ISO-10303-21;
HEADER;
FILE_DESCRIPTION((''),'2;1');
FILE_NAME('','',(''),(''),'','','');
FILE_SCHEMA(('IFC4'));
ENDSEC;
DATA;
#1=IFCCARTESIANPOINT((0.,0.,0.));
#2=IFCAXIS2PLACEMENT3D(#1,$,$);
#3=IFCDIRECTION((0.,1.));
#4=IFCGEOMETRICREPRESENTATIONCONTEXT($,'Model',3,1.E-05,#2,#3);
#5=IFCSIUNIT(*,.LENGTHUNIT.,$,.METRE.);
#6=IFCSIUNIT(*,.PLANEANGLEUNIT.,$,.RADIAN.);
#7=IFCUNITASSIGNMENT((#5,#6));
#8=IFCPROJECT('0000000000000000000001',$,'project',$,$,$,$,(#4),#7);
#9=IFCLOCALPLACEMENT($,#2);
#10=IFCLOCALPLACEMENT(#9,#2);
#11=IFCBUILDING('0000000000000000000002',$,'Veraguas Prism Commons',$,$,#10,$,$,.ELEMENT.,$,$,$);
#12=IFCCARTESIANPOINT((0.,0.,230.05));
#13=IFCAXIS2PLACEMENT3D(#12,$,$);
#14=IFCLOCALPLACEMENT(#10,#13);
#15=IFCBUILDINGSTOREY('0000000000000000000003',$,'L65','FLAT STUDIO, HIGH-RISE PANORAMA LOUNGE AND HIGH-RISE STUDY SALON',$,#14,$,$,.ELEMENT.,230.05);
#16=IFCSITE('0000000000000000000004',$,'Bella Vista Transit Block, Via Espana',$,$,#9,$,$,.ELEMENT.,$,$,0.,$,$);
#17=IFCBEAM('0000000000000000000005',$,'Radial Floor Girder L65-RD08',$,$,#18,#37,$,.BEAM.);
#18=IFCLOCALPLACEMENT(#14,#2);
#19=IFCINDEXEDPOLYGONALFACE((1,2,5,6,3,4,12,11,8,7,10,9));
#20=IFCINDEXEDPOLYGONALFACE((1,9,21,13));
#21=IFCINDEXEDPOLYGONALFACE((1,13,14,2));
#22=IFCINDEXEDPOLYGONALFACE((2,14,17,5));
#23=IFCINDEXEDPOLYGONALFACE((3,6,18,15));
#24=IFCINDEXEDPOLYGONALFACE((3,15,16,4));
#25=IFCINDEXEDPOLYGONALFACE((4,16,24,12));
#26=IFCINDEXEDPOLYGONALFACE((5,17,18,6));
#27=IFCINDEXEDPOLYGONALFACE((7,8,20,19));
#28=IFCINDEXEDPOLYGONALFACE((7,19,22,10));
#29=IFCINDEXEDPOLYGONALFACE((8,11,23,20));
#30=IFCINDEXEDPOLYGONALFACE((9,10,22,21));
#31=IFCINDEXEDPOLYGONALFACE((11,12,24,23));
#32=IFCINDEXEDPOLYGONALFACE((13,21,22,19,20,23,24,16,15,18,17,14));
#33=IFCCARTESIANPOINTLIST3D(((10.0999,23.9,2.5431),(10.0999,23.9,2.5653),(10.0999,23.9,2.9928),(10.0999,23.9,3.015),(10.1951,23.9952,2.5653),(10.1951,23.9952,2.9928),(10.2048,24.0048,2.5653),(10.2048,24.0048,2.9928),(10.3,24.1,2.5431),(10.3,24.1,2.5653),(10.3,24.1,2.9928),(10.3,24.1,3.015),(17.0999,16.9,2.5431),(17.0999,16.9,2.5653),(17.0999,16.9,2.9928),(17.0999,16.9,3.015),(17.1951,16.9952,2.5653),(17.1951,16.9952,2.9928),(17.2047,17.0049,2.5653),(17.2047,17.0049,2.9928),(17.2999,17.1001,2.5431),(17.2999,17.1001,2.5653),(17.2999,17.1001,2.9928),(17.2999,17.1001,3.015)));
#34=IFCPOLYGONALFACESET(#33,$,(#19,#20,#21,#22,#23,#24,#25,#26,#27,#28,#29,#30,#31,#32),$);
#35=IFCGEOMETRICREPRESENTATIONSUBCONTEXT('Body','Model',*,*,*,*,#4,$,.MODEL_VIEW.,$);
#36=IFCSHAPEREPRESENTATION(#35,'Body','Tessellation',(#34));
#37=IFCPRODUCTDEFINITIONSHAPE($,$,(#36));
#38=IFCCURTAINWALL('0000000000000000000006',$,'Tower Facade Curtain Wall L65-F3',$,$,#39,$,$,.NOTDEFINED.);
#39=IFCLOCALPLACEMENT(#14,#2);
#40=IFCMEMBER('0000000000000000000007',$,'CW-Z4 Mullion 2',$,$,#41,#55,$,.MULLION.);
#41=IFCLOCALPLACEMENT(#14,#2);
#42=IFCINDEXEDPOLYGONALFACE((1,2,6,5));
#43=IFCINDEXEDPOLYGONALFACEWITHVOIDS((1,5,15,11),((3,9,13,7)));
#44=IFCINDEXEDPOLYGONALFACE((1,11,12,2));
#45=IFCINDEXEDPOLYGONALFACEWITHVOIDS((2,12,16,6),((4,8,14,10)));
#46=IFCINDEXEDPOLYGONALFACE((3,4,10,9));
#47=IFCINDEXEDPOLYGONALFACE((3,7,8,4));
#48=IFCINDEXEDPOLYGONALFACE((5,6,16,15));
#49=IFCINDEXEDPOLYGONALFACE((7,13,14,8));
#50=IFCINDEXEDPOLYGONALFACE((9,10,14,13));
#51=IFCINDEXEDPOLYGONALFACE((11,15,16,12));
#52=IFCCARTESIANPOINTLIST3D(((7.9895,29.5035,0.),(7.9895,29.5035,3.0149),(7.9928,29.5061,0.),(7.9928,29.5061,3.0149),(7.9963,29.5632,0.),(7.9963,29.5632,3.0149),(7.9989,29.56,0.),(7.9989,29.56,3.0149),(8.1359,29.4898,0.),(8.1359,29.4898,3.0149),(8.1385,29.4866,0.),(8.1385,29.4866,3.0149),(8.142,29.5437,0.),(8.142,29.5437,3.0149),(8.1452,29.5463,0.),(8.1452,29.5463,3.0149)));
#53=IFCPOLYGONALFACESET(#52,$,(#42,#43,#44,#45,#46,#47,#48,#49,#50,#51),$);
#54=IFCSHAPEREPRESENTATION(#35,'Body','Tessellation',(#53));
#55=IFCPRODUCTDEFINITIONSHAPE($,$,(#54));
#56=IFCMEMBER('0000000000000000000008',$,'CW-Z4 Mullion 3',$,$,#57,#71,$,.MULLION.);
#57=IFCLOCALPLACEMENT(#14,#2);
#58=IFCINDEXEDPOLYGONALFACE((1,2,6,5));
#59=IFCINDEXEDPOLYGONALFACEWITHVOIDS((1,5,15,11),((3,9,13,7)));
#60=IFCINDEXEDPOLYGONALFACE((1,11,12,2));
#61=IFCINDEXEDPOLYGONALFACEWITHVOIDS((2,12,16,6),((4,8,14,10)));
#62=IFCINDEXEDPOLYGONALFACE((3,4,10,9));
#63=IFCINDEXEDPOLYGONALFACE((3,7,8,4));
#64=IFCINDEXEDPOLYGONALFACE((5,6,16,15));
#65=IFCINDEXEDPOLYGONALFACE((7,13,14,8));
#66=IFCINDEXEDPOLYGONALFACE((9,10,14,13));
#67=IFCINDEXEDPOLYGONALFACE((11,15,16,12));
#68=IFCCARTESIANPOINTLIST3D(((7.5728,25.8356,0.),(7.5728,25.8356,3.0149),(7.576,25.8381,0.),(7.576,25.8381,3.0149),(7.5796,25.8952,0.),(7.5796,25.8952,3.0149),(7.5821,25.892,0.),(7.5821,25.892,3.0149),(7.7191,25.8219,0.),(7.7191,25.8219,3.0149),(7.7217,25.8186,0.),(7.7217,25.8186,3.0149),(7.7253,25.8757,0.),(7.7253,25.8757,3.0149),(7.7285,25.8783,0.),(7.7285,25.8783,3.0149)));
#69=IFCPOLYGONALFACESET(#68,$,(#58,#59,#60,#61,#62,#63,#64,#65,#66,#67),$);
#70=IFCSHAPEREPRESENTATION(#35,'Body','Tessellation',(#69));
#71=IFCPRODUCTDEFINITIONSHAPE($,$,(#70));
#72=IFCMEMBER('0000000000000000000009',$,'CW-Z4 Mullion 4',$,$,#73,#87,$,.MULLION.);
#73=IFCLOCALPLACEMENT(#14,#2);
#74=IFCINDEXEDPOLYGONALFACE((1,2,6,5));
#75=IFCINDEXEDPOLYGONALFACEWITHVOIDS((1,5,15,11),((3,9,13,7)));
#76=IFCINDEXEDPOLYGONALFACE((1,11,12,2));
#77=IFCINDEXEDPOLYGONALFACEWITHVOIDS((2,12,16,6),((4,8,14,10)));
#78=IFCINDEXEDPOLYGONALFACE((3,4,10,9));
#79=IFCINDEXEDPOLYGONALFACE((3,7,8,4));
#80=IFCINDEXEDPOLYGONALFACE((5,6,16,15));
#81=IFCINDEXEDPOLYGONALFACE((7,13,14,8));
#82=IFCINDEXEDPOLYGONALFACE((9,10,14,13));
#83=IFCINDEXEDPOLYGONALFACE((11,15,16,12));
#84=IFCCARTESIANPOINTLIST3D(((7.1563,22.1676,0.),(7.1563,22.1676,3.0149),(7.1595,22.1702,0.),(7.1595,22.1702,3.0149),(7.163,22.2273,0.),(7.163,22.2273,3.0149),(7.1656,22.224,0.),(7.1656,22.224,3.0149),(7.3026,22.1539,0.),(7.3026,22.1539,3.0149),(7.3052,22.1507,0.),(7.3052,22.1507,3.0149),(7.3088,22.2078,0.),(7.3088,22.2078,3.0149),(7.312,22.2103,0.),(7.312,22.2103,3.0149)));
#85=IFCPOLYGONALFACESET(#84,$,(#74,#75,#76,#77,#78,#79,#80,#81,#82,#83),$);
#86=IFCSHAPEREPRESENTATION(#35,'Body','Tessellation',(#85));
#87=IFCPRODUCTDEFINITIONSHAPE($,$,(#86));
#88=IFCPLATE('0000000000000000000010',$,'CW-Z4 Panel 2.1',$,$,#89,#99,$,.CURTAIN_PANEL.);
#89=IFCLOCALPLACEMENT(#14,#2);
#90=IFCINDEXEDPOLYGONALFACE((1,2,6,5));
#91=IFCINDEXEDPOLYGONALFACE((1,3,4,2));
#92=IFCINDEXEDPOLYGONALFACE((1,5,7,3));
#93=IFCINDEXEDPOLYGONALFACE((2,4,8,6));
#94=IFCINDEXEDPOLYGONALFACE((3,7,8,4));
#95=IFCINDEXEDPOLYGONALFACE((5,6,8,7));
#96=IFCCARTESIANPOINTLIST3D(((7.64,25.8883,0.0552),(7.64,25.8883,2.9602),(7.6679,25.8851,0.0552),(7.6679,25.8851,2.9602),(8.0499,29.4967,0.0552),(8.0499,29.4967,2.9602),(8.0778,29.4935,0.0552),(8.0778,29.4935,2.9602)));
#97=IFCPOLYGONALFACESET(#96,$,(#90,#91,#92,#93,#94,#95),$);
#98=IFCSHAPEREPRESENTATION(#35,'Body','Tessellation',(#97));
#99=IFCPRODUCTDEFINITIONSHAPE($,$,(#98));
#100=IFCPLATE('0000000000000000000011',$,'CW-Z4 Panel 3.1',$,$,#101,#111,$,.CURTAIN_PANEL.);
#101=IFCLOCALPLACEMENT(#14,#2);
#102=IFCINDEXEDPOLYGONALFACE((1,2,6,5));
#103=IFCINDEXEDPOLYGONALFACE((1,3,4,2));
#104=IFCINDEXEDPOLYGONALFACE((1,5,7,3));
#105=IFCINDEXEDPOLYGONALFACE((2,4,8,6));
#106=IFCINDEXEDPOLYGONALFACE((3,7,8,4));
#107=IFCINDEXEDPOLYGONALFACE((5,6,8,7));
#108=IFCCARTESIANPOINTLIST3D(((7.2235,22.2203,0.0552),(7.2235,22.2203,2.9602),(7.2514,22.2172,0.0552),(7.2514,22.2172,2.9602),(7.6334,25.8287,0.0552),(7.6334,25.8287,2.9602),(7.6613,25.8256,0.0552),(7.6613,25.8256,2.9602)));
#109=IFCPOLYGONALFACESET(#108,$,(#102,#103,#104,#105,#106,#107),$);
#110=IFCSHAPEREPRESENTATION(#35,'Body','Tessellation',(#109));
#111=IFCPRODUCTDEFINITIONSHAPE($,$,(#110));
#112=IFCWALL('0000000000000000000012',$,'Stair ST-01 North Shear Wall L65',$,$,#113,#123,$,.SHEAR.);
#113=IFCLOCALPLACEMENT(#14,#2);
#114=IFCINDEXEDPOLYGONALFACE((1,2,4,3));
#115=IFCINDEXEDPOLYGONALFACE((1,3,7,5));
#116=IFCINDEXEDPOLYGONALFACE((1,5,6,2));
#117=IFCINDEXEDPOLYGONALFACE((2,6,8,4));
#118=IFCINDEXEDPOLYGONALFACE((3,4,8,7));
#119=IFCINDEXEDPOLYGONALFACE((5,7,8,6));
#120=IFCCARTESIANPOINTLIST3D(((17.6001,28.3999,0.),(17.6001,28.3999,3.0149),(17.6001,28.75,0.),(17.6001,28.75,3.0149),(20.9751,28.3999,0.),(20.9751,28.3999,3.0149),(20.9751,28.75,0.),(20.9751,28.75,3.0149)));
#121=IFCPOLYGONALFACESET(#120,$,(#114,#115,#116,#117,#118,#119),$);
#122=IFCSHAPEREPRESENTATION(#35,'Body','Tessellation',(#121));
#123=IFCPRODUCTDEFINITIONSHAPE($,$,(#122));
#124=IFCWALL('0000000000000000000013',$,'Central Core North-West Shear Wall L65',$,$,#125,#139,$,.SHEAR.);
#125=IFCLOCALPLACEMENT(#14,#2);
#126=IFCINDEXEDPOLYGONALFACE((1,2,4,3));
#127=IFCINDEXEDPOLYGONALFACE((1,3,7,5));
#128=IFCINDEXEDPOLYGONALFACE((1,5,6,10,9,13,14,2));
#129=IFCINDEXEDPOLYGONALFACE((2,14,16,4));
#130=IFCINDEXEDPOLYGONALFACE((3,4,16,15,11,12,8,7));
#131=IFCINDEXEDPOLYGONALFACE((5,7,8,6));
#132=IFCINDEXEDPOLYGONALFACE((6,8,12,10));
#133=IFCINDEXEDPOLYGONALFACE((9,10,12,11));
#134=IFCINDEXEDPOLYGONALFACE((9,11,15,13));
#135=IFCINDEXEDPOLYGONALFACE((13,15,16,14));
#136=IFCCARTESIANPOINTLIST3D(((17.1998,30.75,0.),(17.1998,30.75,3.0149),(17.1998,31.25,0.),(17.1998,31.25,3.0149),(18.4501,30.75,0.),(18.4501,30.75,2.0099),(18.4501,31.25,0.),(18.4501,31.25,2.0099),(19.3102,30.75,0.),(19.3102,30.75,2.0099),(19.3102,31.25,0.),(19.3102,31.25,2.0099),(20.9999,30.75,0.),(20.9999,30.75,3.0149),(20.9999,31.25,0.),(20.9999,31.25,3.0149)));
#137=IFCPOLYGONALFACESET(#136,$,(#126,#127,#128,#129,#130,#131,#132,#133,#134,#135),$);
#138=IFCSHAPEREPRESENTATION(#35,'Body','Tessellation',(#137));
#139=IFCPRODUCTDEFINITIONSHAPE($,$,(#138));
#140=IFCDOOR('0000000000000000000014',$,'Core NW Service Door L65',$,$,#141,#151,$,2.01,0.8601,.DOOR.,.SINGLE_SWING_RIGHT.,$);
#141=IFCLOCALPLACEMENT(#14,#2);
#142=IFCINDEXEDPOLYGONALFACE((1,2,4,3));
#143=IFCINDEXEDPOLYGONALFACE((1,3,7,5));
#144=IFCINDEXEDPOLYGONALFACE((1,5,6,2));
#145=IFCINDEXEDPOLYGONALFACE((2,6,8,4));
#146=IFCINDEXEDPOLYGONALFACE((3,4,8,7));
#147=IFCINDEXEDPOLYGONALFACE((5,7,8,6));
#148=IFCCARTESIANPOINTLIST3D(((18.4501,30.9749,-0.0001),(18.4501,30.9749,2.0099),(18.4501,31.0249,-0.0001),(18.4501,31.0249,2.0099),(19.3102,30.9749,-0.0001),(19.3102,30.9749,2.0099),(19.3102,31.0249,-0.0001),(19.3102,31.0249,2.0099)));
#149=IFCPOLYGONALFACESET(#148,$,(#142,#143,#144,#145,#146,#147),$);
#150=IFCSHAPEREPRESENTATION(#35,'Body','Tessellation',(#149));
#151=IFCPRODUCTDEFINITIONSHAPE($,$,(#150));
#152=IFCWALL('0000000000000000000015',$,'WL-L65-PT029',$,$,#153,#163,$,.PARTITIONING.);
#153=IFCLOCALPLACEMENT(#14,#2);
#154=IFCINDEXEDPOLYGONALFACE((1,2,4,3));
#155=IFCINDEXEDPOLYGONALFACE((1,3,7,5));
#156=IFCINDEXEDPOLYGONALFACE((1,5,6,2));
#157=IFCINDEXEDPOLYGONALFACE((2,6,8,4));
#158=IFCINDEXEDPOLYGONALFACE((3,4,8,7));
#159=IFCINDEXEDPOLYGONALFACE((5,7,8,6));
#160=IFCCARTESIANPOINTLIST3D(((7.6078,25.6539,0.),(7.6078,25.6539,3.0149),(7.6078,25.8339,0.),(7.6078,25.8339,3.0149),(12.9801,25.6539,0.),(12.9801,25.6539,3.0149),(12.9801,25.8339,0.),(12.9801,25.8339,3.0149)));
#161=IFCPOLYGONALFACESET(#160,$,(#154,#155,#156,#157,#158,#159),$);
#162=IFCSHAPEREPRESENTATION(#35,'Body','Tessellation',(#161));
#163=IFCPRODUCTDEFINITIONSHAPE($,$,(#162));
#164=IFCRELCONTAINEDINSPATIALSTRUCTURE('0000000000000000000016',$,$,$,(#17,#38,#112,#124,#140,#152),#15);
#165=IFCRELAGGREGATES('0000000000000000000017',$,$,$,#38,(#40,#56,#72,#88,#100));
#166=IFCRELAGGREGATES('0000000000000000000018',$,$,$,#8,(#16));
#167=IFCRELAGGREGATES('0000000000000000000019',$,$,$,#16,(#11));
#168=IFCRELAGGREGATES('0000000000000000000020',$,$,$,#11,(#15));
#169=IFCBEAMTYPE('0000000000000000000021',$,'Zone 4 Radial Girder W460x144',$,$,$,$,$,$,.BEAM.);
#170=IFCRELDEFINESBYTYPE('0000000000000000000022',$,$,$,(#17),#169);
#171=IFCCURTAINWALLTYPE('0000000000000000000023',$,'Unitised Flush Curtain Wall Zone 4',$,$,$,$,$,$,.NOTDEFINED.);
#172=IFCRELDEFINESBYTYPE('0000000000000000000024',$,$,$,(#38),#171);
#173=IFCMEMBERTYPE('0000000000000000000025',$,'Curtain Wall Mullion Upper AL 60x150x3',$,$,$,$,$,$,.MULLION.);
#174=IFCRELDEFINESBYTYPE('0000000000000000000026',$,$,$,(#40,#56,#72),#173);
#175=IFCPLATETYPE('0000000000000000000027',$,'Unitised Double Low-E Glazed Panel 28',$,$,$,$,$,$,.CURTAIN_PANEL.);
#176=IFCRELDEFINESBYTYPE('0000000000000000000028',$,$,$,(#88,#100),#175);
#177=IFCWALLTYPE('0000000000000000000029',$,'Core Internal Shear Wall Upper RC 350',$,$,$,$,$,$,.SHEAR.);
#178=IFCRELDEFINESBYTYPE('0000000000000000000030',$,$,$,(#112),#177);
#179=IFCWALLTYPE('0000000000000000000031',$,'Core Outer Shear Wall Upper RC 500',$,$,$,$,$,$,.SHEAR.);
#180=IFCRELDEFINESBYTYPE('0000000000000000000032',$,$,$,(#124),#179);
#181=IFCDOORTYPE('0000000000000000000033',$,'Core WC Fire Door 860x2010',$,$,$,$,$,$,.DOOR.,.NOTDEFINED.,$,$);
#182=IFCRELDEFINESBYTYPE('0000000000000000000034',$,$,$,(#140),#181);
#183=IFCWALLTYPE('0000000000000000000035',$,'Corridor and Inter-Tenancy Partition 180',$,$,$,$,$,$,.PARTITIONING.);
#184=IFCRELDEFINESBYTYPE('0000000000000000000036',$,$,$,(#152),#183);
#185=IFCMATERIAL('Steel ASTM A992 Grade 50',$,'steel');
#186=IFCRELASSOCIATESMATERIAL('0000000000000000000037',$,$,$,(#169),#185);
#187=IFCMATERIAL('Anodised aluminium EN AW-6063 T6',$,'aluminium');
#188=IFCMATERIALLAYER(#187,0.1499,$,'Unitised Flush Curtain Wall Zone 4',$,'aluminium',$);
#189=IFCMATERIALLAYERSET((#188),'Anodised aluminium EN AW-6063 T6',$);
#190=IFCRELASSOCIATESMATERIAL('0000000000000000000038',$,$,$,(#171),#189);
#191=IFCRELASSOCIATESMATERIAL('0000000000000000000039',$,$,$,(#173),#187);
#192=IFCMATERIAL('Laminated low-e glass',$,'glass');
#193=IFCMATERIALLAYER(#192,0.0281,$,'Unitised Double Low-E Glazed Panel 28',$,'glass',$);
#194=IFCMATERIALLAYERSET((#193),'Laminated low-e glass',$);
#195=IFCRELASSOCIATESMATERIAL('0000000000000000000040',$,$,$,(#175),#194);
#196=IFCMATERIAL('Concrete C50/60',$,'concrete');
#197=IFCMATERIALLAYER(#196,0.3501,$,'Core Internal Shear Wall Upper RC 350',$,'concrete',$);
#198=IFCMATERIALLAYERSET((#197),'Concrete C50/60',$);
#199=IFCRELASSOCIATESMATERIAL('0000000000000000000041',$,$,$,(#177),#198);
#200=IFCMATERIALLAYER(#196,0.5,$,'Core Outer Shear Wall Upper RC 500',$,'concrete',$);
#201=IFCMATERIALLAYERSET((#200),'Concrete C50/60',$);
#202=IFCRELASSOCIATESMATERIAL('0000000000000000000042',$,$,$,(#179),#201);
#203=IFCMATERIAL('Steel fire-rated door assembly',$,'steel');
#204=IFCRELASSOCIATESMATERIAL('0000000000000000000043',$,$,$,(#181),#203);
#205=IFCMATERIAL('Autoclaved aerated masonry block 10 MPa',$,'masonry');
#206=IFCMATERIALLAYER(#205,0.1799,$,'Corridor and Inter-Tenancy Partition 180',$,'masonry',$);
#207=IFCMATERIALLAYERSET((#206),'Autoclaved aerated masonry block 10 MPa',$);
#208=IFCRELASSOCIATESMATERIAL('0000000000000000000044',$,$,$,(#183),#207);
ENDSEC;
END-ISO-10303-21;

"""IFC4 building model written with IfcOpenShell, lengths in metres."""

from ifc_helpers import new_model, si_unit, direction, frame, frame_2d, origin, origin_2d, place, context, subcontext, project, spatial, rectangle, hollow_rectangle, i_section, extrude, source, transform, mapped, material, layer, layer_set, material_profile, profile_set, type_object, element, fill, aggregate, save


model = new_model("IFC4")

# Units and contexts
model_context = context("Model", 3, precision=1e-05, world=origin(), true_north=direction((0.0, 1.0)))
body_context = subcontext(model_context, "Body", "Model", "MODEL_VIEW")
ifc_project = project(units=[si_unit("LENGTHUNIT", "METRE"), si_unit("PLANEANGLEUNIT", "RADIAN")], contexts=[model_context])

# Site, building, storey
site_placement = place(None, origin())
site = spatial("IfcSite", under=ifc_project, at=site_placement, Name="Bella Vista Transit Block, Via Espana", CompositionType="ELEMENT", RefElevation=0.0)
building_placement = place(site_placement, origin())
building = spatial("IfcBuilding", under=site, at=building_placement, Name="Veraguas Prism Commons", CompositionType="ELEMENT")
storey_placement = place(building_placement, frame((0.0, 0.0, 230.05)))
storey = spatial("IfcBuildingStorey", under=building, at=storey_placement, Name="L65", Description="FLAT STUDIO, HIGH-RISE PANORAMA LOUNGE AND HIGH-RISE STUDY SALON", CompositionType="ELEMENT", Elevation=230.05)

# Shared definitions
ifc_material_1 = material(Name="Concrete C50/60", Category="concrete")

# Beam
ifc_material_2 = material(Name="Steel ASTM A992 Grade 50", Category="steel")
ifc_material_profile_1 = material_profile(ifc_material_2, i_section(OverallWidth=0.283, OverallDepth=0.4719, WebThickness=0.0137, FlangeThickness=0.0222, at=origin_2d()), Name="W460X144")
ifc_profile_set_1 = profile_set([ifc_material_profile_1], Name="Steel ASTM A992 Grade 50")
beam_type_1 = type_object("IfcBeamType", Name="Zone 4 Radial Girder W460x144", PredefinedType="BEAM", material=ifc_profile_set_1)
beam_1_placement = place(storey_placement, frame((10.2, 24.0, 2.7791), z_axis=(0.707107, -0.707107, 0.0), x_axis=(0.707107, 0.707107, 0.0)))
element("IfcBeam", 1, at=beam_1_placement, inside=storey, type_object=beam_type_1, Name="Radial Floor Girder L65-RD08", PredefinedType="BEAM", context=body_context, shape_type="SweptSolid", body=[
    extrude(i_section(OverallWidth=0.283, OverallDepth=0.4719, WebThickness=0.0137, FlangeThickness=0.0222, at=origin_2d()), origin(), (0.0, 0.0, 1.0), 9.8994),
])

# Curtain wall, members, plates
ifc_material_3 = material(Name="Anodised aluminium EN AW-6063 T6", Category="aluminium")
ifc_layer_1 = layer(ifc_material_3, 0.1499, Name="Unitised Flush Curtain Wall Zone 4", Category="aluminium")
ifc_layer_set_1 = layer_set([ifc_layer_1], Name="Anodised aluminium EN AW-6063 T6")
curtain_wall_type = type_object("IfcCurtainWallType", Name="Unitised Flush Curtain Wall Zone 4", PredefinedType="NOTDEFINED", material=ifc_layer_set_1)
curtain_wall_placement = place(storey_placement, origin())
curtain_wall = element("IfcCurtainWall", 2, at=curtain_wall_placement, inside=storey, type_object=curtain_wall_type, Name="Tower Facade Curtain Wall L65-F3", PredefinedType="NOTDEFINED")
ifc_material_profile_2 = material_profile(ifc_material_3, hollow_rectangle(XDim=0.0601, YDim=0.1499, WallThickness=0.0029, at=origin_2d()), Name="AL60X150X3")
ifc_profile_set_2 = profile_set([ifc_material_profile_2], Name="Anodised aluminium EN AW-6063 T6")
member_type = type_object("IfcMemberType", Name="Curtain Wall Mullion Upper AL 60x150x3", PredefinedType="MULLION", material=ifc_profile_set_2)
shared_shape_1 = source(origin(), body_context, "Body", "SweptSolid", [
    extrude(hollow_rectangle(XDim=0.0601, YDim=0.1499, WallThickness=0.0029, at=origin_2d()), origin(), (0.0, 0.0, 1.0), 3.0149),
])
member_1_placement = place(storey_placement, frame((8.0674, 29.5249, 0.0), z_axis=(0.0, 0.0, 1.0), x_axis=(-0.112858, -0.993611, 0.0)))
member_1 = element("IfcMember", 3, at=member_1_placement, type_object=member_type, Name="CW-Z4 Mullion 2", PredefinedType="MULLION", context=body_context, shape_type="MappedRepresentation", body=[
    mapped(shared_shape_1, transform((0.0, 0.0, 0.0), scale=1.0)),
])
member_2_placement = place(storey_placement, frame((7.6506, 25.8569, 0.0), z_axis=(0.0, 0.0, 1.0), x_axis=(-0.112858, -0.993611, 0.0)))
member_2 = element("IfcMember", 4, at=member_2_placement, type_object=member_type, Name="CW-Z4 Mullion 3", PredefinedType="MULLION", context=body_context, shape_type="MappedRepresentation", body=[
    mapped(shared_shape_1, transform((0.0, 0.0, 0.0), scale=1.0)),
])
member_3_placement = place(storey_placement, frame((7.2341, 22.189, 0.0), z_axis=(0.0, 0.0, 1.0), x_axis=(-0.112858, -0.993611, 0.0)))
member_3 = element("IfcMember", 5, at=member_3_placement, type_object=member_type, Name="CW-Z4 Mullion 4", PredefinedType="MULLION", context=body_context, shape_type="MappedRepresentation", body=[
    mapped(shared_shape_1, transform((0.0, 0.0, 0.0), scale=1.0)),
])
ifc_material_4 = material(Name="Laminated low-e glass", Category="glass")
ifc_layer_2 = layer(ifc_material_4, 0.0281, Name="Unitised Double Low-E Glazed Panel 28", Category="glass")
ifc_layer_set_2 = layer_set([ifc_layer_2], Name="Laminated low-e glass")
plate_type = type_object("IfcPlateType", Name="Unitised Double Low-E Glazed Panel 28", PredefinedType="CURTAIN_PANEL", material=ifc_layer_set_2)
shared_shape_2 = source(origin(), body_context, "Body", "SweptSolid", [
    extrude(rectangle(XDim=3.6316, YDim=0.0281, at=origin_2d()), origin(), (0.0, 0.0, 1.0), 2.905),
])
plate_1_placement = place(storey_placement, frame((7.8589, 27.6909, 0.0552), z_axis=(0.0, 0.0, 1.0), x_axis=(-0.112858, -0.993611, 0.0)))
plate_1 = element("IfcPlate", 6, at=plate_1_placement, type_object=plate_type, Name="CW-Z4 Panel 2.1", PredefinedType="CURTAIN_PANEL", context=body_context, shape_type="MappedRepresentation", body=[
    mapped(shared_shape_2, transform((0.0, 0.0, 0.0), scale=1.0)),
])
plate_2_placement = place(storey_placement, frame((7.4424, 24.0229, 0.0552), z_axis=(0.0, 0.0, 1.0), x_axis=(-0.112858, -0.993611, 0.0)))
plate_2 = element("IfcPlate", 7, at=plate_2_placement, type_object=plate_type, Name="CW-Z4 Panel 3.1", PredefinedType="CURTAIN_PANEL", context=body_context, shape_type="MappedRepresentation", body=[
    mapped(shared_shape_2, transform((0.0, 0.0, 0.0), scale=1.0)),
])
aggregate(curtain_wall, [member_1, member_2, member_3, plate_1, plate_2])

# Wall
ifc_layer_3 = layer(ifc_material_1, 0.3501, Name="Core Internal Shear Wall Upper RC 350", Category="concrete")
ifc_layer_set_3 = layer_set([ifc_layer_3], Name="Concrete C50/60")
wall_type_1 = type_object("IfcWallType", Name="Core Internal Shear Wall Upper RC 350", PredefinedType="SHEAR", material=ifc_layer_set_3)
wall_1_placement = place(storey_placement, frame((17.6001, 28.575, 0.0), z_axis=(0.0, 0.0, 1.0), x_axis=(1.0, 0.0, 0.0)))
element("IfcWall", 8, at=wall_1_placement, inside=storey, type_object=wall_type_1, Name="Stair ST-01 North Shear Wall L65", PredefinedType="SHEAR", context=body_context, shape_type="SweptSolid", body=[
    extrude(rectangle(XDim=3.375, YDim=0.3501, at=frame_2d((1.6875, 0.0))), origin(), (0.0, 0.0, 1.0), 3.0149),
])

# Wall, opening, door
ifc_layer_4 = layer(ifc_material_1, 0.5, Name="Core Outer Shear Wall Upper RC 500", Category="concrete")
ifc_layer_set_4 = layer_set([ifc_layer_4], Name="Concrete C50/60")
wall_type_2 = type_object("IfcWallType", Name="Core Outer Shear Wall Upper RC 500", PredefinedType="SHEAR", material=ifc_layer_set_4)
wall_2_placement = place(storey_placement, frame((17.2, 31.0, 0.0), z_axis=(0.0, 0.0, 1.0), x_axis=(1.0, 0.0, 0.0)))
wall_2 = element("IfcWall", 9, at=wall_2_placement, inside=storey, type_object=wall_type_2, Name="Central Core North-West Shear Wall L65", PredefinedType="SHEAR", context=body_context, shape_type="SweptSolid", body=[
    extrude(rectangle(XDim=3.8, YDim=0.5, at=frame_2d((1.8999, 0.0))), origin(), (0.0, 0.0, 1.0), 3.0149),
])
opening_1_placement = place(wall_2_placement, frame((1.25, 0.0, 0.0)))
opening_1 = element("IfcOpeningElement", 10, at=opening_1_placement, cuts=wall_2, PredefinedType="OPENING", context=body_context, shape_type="SweptSolid", body=[
    extrude(rectangle(XDim=0.8601, YDim=2.01, at=frame_2d((0.4302, 1.0049))), frame((0.0, 0.26, 0.0), z_axis=(0.0, -1.0, 0.0), x_axis=(1.0, 0.0, 0.0)), (0.0, 0.0, 1.0), 0.52),
])
ifc_material_5 = material(Name="Steel fire-rated door assembly", Category="steel")
door_type_1 = type_object("IfcDoorType", Name="Core WC Fire Door 860x2010", OperationType="NOTDEFINED", PredefinedType="DOOR", material=ifc_material_5)
shared_shape_3 = source(origin(), body_context, "Body", "SweptSolid", [
    extrude(rectangle(XDim=0.8601, YDim=2.01, at=frame_2d((0.4302, 1.0049))), frame((0.0, 0.0249, 0.0), z_axis=(0.0, -1.0, 0.0), x_axis=(1.0, 0.0, 0.0)), (0.0, 0.0, 1.0), 0.05),
])
door_1_placement = place(opening_1_placement, origin())
door_1 = element("IfcDoor", 11, at=door_1_placement, inside=storey, type_object=door_type_1, Name="Core NW Service Door L65", OperationType="SINGLE_SWING_RIGHT", OverallHeight=2.01, OverallWidth=0.8601, PredefinedType="DOOR", context=body_context, shape_type="MappedRepresentation", body=[
    mapped(shared_shape_3, transform((0.0, 0.0, 0.0), scale=1.0)),
])
fill(opening_1, door_1)

# Wall
ifc_material_6 = material(Name="Autoclaved aerated masonry block 10 MPa", Category="masonry")
ifc_layer_5 = layer(ifc_material_6, 0.1799, Name="Corridor and Inter-Tenancy Partition 180", Category="masonry")
ifc_layer_set_5 = layer_set([ifc_layer_5], Name="Autoclaved aerated masonry block 10 MPa")
wall_type_3 = type_object("IfcWallType", Name="Corridor and Inter-Tenancy Partition 180", PredefinedType="PARTITIONING", material=ifc_layer_set_5)
wall_3_placement = place(storey_placement, frame((12.98, 25.7439, 0.0), z_axis=(0.0, 0.0, 1.0), x_axis=(-1.0, 0.0, 0.0)))
element("IfcWall", 12, at=wall_3_placement, inside=storey, type_object=wall_type_3, Name="WL-L65-PT029", PredefinedType="PARTITIONING", context=body_context, shape_type="SweptSolid", body=[
    extrude(rectangle(XDim=5.3723, YDim=0.1799, at=frame_2d((2.686, 0.0))), origin(), (0.0, 0.0, 1.0), 3.0149),
])

save(model, "model.ifc")
